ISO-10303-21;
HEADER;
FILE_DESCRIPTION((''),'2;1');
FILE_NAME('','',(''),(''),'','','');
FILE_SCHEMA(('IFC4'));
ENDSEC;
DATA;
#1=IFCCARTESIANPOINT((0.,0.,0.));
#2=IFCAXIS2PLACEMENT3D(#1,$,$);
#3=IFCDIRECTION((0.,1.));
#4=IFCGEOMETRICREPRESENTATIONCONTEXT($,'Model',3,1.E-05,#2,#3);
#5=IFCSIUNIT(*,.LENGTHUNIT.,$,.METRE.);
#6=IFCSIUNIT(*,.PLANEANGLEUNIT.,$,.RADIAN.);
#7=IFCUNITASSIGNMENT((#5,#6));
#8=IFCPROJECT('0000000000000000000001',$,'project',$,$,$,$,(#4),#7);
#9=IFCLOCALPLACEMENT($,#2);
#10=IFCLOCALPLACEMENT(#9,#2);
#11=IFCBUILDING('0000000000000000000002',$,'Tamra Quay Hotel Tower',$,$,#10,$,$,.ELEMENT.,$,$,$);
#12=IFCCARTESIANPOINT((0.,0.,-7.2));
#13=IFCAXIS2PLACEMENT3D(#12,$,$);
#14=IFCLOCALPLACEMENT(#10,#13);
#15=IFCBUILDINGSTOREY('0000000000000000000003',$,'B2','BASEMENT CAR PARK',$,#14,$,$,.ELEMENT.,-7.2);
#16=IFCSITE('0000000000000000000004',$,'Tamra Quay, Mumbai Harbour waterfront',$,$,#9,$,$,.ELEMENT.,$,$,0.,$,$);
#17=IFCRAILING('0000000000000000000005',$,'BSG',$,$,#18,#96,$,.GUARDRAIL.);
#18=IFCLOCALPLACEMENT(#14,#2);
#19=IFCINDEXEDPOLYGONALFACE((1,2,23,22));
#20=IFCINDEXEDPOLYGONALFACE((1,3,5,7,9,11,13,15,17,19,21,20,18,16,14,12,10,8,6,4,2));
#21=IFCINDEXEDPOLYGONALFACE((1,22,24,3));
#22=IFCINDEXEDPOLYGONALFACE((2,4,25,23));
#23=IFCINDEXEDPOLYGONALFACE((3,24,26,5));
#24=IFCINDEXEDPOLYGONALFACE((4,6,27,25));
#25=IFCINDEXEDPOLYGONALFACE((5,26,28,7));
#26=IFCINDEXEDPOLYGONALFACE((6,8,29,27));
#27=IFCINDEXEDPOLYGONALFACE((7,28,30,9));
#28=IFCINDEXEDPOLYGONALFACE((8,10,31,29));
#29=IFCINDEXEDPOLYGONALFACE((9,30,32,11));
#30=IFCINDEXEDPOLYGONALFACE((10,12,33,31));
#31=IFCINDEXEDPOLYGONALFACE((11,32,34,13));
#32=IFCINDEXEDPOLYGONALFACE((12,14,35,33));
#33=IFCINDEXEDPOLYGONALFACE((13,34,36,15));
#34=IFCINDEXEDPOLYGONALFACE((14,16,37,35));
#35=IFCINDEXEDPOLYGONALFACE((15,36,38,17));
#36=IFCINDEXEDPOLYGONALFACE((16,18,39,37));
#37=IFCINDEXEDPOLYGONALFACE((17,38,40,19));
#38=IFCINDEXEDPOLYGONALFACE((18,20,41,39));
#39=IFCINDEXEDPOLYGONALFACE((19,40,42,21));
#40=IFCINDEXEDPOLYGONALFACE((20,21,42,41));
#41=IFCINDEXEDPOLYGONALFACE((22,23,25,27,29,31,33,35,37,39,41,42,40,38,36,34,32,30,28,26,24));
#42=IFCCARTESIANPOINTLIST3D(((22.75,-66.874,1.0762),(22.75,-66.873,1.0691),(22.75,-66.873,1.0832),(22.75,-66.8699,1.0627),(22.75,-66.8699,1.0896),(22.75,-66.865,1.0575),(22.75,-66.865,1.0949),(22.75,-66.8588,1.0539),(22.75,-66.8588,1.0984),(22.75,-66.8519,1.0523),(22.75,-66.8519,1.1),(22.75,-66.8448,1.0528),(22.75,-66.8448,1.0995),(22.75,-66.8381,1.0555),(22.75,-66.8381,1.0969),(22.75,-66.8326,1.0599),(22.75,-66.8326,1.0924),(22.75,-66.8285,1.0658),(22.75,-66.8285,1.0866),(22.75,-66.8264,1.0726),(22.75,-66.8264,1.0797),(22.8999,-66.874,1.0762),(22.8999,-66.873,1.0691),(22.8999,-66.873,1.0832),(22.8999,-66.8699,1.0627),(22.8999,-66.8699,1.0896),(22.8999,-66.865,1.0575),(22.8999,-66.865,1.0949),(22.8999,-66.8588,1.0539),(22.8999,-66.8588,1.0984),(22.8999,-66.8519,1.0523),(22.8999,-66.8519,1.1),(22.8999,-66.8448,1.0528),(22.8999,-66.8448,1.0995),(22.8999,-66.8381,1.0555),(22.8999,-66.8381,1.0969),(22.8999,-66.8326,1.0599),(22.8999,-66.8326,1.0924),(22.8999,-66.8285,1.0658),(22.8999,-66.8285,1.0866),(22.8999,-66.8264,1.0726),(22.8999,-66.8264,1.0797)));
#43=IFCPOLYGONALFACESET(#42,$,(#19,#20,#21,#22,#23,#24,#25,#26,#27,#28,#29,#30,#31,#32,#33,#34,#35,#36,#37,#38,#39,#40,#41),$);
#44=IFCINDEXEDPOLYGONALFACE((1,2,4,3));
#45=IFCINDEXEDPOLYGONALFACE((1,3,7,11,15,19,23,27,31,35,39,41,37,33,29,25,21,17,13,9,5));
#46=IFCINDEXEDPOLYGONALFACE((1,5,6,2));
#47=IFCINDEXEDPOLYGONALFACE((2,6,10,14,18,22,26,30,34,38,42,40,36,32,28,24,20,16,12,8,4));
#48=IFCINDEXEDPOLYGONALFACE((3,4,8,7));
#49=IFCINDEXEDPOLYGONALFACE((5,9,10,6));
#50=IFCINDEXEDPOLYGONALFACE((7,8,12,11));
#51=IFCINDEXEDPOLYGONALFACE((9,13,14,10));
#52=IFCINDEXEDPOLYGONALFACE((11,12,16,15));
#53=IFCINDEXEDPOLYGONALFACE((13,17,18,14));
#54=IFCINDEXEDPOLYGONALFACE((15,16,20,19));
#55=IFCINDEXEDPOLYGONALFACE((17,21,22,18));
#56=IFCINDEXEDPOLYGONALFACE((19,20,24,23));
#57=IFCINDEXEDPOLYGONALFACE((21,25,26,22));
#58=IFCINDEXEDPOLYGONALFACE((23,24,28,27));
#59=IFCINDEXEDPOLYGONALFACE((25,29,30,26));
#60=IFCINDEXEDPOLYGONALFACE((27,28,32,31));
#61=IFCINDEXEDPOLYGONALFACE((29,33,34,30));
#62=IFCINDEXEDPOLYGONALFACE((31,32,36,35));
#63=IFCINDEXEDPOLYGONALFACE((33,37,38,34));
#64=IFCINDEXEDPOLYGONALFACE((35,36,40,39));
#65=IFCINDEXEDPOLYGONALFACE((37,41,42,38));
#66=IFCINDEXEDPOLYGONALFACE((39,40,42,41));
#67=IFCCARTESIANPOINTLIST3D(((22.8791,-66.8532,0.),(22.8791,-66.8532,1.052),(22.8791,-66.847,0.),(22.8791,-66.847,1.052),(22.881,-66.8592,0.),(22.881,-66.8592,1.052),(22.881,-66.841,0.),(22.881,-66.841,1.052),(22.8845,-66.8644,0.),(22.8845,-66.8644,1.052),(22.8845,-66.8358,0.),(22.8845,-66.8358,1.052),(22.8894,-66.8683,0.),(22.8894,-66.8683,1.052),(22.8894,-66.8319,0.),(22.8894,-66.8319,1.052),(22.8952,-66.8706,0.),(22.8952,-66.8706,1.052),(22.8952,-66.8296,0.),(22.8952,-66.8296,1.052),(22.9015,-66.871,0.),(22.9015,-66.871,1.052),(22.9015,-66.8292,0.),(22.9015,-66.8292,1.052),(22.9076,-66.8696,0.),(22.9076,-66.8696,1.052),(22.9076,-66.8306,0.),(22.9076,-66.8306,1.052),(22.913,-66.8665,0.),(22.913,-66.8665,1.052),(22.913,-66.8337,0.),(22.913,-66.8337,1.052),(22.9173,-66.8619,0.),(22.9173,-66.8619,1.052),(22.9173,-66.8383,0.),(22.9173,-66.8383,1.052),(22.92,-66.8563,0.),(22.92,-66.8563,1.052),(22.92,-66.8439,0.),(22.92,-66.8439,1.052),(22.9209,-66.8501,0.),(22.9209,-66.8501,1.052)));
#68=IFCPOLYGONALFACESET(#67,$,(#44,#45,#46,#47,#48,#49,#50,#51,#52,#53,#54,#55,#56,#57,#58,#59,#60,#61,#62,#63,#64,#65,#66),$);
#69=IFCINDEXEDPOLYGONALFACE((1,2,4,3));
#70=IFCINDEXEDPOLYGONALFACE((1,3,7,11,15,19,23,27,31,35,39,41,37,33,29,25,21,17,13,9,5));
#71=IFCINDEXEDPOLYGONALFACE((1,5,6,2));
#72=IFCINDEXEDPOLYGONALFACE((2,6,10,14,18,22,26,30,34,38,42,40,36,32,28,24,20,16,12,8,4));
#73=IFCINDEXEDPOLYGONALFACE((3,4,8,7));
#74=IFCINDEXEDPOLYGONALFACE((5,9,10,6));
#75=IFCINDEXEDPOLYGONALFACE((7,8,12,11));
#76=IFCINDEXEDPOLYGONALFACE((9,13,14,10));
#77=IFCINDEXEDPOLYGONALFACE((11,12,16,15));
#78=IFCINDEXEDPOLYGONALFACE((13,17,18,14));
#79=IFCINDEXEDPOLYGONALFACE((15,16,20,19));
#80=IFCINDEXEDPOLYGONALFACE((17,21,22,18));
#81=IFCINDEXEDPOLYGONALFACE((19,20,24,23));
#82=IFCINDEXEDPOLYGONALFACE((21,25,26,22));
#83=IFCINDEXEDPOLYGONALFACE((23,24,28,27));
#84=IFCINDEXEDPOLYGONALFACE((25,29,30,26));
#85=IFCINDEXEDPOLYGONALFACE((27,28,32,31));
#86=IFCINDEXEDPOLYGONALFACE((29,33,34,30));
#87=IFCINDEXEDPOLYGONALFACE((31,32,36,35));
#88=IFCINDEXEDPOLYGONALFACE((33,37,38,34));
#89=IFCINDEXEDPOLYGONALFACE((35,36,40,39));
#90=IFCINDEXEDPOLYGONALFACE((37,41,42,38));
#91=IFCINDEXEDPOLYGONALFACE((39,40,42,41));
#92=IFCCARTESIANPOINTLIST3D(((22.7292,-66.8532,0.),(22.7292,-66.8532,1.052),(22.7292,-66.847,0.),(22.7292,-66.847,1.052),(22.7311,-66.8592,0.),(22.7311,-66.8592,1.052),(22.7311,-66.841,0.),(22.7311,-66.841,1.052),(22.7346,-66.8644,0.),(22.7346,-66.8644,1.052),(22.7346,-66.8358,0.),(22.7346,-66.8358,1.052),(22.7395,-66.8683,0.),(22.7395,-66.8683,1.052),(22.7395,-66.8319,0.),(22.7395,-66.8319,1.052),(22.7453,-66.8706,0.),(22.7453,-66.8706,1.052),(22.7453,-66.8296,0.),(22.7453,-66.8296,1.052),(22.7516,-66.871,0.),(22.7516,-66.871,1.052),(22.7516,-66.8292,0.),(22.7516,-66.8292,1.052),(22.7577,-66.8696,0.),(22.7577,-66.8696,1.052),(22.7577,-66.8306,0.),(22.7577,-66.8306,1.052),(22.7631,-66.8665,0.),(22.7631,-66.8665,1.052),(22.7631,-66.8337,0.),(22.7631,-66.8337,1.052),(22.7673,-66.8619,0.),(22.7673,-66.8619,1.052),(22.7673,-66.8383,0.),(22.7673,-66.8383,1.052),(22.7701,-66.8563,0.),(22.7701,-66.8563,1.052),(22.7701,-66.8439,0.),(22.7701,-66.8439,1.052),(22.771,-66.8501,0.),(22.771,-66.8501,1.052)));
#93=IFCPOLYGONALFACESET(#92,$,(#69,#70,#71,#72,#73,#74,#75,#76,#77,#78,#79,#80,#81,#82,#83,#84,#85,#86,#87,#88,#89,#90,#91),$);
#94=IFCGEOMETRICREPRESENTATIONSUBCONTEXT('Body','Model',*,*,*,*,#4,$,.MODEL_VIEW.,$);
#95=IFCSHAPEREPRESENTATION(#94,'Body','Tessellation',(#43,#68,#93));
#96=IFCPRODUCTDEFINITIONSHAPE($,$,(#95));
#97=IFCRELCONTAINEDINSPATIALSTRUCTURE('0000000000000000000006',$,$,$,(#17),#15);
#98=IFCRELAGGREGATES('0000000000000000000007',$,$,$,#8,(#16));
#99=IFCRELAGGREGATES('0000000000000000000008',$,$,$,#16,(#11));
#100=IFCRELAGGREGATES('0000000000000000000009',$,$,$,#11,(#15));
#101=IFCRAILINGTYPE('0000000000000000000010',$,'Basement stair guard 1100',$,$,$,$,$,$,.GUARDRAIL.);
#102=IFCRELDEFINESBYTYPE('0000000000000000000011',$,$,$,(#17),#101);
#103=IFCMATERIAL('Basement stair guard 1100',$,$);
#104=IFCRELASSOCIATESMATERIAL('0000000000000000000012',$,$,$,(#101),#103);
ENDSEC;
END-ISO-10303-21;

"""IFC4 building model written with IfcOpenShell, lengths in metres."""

from ifc_helpers import new_model, si_unit, direction, frame, origin, origin_2d, place, context, subcontext, project, spatial, circle, extrude, material, type_object, element, save


model = new_model("IFC4")

# Units and contexts
model_context = context("Model", 3, precision=1e-05, world=origin(), true_north=direction((0.0, 1.0)))
body_context = subcontext(model_context, "Body", "Model", "MODEL_VIEW")
ifc_project = project(units=[si_unit("LENGTHUNIT", "METRE"), si_unit("PLANEANGLEUNIT", "RADIAN")], contexts=[model_context])

# Site, building, storey
site_placement = place(None, origin())
site = spatial("IfcSite", under=ifc_project, at=site_placement, Name="Tamra Quay, Mumbai Harbour waterfront", CompositionType="ELEMENT", RefElevation=0.0)
building_placement = place(site_placement, origin())
building = spatial("IfcBuilding", under=site, at=building_placement, Name="Tamra Quay Hotel Tower", CompositionType="ELEMENT")
storey_placement = place(building_placement, frame((0.0, 0.0, -7.2)))
storey = spatial("IfcBuildingStorey", under=building, at=storey_placement, Name="B2", Description="BASEMENT CAR PARK", CompositionType="ELEMENT", Elevation=-7.2)

# Railing
ifc_material_1 = material(Name="Basement stair guard 1100")
railing_type_1 = type_object("IfcRailingType", Name="Basement stair guard 1100", PredefinedType="GUARDRAIL", material=ifc_material_1)
railing_1_placement = place(storey_placement, frame((22.8999, -66.8501, 0.0)))
element("IfcRailing", 1, at=railing_1_placement, inside=storey, type_object=railing_type_1, Name="BSG", PredefinedType="GUARDRAIL", context=body_context, shape_type="SweptSolid", body=[
    extrude(circle(Radius=0.0239, at=origin_2d()), frame((0.0, 0.0, 1.0762), z_axis=(-1.0, 0.0, 0.0), x_axis=(0.0, -1.0, 0.0)), (0.0, 0.0, 1.0), 0.1499),
    extrude(circle(Radius=0.021, at=origin_2d()), origin(), (0.0, 0.0, 1.0), 1.052),
    extrude(circle(Radius=0.021, at=origin_2d()), frame((-0.1499, 0.0, 0.0)), (0.0, 0.0, 1.0), 1.052),
])

save(model, "model.ifc")
